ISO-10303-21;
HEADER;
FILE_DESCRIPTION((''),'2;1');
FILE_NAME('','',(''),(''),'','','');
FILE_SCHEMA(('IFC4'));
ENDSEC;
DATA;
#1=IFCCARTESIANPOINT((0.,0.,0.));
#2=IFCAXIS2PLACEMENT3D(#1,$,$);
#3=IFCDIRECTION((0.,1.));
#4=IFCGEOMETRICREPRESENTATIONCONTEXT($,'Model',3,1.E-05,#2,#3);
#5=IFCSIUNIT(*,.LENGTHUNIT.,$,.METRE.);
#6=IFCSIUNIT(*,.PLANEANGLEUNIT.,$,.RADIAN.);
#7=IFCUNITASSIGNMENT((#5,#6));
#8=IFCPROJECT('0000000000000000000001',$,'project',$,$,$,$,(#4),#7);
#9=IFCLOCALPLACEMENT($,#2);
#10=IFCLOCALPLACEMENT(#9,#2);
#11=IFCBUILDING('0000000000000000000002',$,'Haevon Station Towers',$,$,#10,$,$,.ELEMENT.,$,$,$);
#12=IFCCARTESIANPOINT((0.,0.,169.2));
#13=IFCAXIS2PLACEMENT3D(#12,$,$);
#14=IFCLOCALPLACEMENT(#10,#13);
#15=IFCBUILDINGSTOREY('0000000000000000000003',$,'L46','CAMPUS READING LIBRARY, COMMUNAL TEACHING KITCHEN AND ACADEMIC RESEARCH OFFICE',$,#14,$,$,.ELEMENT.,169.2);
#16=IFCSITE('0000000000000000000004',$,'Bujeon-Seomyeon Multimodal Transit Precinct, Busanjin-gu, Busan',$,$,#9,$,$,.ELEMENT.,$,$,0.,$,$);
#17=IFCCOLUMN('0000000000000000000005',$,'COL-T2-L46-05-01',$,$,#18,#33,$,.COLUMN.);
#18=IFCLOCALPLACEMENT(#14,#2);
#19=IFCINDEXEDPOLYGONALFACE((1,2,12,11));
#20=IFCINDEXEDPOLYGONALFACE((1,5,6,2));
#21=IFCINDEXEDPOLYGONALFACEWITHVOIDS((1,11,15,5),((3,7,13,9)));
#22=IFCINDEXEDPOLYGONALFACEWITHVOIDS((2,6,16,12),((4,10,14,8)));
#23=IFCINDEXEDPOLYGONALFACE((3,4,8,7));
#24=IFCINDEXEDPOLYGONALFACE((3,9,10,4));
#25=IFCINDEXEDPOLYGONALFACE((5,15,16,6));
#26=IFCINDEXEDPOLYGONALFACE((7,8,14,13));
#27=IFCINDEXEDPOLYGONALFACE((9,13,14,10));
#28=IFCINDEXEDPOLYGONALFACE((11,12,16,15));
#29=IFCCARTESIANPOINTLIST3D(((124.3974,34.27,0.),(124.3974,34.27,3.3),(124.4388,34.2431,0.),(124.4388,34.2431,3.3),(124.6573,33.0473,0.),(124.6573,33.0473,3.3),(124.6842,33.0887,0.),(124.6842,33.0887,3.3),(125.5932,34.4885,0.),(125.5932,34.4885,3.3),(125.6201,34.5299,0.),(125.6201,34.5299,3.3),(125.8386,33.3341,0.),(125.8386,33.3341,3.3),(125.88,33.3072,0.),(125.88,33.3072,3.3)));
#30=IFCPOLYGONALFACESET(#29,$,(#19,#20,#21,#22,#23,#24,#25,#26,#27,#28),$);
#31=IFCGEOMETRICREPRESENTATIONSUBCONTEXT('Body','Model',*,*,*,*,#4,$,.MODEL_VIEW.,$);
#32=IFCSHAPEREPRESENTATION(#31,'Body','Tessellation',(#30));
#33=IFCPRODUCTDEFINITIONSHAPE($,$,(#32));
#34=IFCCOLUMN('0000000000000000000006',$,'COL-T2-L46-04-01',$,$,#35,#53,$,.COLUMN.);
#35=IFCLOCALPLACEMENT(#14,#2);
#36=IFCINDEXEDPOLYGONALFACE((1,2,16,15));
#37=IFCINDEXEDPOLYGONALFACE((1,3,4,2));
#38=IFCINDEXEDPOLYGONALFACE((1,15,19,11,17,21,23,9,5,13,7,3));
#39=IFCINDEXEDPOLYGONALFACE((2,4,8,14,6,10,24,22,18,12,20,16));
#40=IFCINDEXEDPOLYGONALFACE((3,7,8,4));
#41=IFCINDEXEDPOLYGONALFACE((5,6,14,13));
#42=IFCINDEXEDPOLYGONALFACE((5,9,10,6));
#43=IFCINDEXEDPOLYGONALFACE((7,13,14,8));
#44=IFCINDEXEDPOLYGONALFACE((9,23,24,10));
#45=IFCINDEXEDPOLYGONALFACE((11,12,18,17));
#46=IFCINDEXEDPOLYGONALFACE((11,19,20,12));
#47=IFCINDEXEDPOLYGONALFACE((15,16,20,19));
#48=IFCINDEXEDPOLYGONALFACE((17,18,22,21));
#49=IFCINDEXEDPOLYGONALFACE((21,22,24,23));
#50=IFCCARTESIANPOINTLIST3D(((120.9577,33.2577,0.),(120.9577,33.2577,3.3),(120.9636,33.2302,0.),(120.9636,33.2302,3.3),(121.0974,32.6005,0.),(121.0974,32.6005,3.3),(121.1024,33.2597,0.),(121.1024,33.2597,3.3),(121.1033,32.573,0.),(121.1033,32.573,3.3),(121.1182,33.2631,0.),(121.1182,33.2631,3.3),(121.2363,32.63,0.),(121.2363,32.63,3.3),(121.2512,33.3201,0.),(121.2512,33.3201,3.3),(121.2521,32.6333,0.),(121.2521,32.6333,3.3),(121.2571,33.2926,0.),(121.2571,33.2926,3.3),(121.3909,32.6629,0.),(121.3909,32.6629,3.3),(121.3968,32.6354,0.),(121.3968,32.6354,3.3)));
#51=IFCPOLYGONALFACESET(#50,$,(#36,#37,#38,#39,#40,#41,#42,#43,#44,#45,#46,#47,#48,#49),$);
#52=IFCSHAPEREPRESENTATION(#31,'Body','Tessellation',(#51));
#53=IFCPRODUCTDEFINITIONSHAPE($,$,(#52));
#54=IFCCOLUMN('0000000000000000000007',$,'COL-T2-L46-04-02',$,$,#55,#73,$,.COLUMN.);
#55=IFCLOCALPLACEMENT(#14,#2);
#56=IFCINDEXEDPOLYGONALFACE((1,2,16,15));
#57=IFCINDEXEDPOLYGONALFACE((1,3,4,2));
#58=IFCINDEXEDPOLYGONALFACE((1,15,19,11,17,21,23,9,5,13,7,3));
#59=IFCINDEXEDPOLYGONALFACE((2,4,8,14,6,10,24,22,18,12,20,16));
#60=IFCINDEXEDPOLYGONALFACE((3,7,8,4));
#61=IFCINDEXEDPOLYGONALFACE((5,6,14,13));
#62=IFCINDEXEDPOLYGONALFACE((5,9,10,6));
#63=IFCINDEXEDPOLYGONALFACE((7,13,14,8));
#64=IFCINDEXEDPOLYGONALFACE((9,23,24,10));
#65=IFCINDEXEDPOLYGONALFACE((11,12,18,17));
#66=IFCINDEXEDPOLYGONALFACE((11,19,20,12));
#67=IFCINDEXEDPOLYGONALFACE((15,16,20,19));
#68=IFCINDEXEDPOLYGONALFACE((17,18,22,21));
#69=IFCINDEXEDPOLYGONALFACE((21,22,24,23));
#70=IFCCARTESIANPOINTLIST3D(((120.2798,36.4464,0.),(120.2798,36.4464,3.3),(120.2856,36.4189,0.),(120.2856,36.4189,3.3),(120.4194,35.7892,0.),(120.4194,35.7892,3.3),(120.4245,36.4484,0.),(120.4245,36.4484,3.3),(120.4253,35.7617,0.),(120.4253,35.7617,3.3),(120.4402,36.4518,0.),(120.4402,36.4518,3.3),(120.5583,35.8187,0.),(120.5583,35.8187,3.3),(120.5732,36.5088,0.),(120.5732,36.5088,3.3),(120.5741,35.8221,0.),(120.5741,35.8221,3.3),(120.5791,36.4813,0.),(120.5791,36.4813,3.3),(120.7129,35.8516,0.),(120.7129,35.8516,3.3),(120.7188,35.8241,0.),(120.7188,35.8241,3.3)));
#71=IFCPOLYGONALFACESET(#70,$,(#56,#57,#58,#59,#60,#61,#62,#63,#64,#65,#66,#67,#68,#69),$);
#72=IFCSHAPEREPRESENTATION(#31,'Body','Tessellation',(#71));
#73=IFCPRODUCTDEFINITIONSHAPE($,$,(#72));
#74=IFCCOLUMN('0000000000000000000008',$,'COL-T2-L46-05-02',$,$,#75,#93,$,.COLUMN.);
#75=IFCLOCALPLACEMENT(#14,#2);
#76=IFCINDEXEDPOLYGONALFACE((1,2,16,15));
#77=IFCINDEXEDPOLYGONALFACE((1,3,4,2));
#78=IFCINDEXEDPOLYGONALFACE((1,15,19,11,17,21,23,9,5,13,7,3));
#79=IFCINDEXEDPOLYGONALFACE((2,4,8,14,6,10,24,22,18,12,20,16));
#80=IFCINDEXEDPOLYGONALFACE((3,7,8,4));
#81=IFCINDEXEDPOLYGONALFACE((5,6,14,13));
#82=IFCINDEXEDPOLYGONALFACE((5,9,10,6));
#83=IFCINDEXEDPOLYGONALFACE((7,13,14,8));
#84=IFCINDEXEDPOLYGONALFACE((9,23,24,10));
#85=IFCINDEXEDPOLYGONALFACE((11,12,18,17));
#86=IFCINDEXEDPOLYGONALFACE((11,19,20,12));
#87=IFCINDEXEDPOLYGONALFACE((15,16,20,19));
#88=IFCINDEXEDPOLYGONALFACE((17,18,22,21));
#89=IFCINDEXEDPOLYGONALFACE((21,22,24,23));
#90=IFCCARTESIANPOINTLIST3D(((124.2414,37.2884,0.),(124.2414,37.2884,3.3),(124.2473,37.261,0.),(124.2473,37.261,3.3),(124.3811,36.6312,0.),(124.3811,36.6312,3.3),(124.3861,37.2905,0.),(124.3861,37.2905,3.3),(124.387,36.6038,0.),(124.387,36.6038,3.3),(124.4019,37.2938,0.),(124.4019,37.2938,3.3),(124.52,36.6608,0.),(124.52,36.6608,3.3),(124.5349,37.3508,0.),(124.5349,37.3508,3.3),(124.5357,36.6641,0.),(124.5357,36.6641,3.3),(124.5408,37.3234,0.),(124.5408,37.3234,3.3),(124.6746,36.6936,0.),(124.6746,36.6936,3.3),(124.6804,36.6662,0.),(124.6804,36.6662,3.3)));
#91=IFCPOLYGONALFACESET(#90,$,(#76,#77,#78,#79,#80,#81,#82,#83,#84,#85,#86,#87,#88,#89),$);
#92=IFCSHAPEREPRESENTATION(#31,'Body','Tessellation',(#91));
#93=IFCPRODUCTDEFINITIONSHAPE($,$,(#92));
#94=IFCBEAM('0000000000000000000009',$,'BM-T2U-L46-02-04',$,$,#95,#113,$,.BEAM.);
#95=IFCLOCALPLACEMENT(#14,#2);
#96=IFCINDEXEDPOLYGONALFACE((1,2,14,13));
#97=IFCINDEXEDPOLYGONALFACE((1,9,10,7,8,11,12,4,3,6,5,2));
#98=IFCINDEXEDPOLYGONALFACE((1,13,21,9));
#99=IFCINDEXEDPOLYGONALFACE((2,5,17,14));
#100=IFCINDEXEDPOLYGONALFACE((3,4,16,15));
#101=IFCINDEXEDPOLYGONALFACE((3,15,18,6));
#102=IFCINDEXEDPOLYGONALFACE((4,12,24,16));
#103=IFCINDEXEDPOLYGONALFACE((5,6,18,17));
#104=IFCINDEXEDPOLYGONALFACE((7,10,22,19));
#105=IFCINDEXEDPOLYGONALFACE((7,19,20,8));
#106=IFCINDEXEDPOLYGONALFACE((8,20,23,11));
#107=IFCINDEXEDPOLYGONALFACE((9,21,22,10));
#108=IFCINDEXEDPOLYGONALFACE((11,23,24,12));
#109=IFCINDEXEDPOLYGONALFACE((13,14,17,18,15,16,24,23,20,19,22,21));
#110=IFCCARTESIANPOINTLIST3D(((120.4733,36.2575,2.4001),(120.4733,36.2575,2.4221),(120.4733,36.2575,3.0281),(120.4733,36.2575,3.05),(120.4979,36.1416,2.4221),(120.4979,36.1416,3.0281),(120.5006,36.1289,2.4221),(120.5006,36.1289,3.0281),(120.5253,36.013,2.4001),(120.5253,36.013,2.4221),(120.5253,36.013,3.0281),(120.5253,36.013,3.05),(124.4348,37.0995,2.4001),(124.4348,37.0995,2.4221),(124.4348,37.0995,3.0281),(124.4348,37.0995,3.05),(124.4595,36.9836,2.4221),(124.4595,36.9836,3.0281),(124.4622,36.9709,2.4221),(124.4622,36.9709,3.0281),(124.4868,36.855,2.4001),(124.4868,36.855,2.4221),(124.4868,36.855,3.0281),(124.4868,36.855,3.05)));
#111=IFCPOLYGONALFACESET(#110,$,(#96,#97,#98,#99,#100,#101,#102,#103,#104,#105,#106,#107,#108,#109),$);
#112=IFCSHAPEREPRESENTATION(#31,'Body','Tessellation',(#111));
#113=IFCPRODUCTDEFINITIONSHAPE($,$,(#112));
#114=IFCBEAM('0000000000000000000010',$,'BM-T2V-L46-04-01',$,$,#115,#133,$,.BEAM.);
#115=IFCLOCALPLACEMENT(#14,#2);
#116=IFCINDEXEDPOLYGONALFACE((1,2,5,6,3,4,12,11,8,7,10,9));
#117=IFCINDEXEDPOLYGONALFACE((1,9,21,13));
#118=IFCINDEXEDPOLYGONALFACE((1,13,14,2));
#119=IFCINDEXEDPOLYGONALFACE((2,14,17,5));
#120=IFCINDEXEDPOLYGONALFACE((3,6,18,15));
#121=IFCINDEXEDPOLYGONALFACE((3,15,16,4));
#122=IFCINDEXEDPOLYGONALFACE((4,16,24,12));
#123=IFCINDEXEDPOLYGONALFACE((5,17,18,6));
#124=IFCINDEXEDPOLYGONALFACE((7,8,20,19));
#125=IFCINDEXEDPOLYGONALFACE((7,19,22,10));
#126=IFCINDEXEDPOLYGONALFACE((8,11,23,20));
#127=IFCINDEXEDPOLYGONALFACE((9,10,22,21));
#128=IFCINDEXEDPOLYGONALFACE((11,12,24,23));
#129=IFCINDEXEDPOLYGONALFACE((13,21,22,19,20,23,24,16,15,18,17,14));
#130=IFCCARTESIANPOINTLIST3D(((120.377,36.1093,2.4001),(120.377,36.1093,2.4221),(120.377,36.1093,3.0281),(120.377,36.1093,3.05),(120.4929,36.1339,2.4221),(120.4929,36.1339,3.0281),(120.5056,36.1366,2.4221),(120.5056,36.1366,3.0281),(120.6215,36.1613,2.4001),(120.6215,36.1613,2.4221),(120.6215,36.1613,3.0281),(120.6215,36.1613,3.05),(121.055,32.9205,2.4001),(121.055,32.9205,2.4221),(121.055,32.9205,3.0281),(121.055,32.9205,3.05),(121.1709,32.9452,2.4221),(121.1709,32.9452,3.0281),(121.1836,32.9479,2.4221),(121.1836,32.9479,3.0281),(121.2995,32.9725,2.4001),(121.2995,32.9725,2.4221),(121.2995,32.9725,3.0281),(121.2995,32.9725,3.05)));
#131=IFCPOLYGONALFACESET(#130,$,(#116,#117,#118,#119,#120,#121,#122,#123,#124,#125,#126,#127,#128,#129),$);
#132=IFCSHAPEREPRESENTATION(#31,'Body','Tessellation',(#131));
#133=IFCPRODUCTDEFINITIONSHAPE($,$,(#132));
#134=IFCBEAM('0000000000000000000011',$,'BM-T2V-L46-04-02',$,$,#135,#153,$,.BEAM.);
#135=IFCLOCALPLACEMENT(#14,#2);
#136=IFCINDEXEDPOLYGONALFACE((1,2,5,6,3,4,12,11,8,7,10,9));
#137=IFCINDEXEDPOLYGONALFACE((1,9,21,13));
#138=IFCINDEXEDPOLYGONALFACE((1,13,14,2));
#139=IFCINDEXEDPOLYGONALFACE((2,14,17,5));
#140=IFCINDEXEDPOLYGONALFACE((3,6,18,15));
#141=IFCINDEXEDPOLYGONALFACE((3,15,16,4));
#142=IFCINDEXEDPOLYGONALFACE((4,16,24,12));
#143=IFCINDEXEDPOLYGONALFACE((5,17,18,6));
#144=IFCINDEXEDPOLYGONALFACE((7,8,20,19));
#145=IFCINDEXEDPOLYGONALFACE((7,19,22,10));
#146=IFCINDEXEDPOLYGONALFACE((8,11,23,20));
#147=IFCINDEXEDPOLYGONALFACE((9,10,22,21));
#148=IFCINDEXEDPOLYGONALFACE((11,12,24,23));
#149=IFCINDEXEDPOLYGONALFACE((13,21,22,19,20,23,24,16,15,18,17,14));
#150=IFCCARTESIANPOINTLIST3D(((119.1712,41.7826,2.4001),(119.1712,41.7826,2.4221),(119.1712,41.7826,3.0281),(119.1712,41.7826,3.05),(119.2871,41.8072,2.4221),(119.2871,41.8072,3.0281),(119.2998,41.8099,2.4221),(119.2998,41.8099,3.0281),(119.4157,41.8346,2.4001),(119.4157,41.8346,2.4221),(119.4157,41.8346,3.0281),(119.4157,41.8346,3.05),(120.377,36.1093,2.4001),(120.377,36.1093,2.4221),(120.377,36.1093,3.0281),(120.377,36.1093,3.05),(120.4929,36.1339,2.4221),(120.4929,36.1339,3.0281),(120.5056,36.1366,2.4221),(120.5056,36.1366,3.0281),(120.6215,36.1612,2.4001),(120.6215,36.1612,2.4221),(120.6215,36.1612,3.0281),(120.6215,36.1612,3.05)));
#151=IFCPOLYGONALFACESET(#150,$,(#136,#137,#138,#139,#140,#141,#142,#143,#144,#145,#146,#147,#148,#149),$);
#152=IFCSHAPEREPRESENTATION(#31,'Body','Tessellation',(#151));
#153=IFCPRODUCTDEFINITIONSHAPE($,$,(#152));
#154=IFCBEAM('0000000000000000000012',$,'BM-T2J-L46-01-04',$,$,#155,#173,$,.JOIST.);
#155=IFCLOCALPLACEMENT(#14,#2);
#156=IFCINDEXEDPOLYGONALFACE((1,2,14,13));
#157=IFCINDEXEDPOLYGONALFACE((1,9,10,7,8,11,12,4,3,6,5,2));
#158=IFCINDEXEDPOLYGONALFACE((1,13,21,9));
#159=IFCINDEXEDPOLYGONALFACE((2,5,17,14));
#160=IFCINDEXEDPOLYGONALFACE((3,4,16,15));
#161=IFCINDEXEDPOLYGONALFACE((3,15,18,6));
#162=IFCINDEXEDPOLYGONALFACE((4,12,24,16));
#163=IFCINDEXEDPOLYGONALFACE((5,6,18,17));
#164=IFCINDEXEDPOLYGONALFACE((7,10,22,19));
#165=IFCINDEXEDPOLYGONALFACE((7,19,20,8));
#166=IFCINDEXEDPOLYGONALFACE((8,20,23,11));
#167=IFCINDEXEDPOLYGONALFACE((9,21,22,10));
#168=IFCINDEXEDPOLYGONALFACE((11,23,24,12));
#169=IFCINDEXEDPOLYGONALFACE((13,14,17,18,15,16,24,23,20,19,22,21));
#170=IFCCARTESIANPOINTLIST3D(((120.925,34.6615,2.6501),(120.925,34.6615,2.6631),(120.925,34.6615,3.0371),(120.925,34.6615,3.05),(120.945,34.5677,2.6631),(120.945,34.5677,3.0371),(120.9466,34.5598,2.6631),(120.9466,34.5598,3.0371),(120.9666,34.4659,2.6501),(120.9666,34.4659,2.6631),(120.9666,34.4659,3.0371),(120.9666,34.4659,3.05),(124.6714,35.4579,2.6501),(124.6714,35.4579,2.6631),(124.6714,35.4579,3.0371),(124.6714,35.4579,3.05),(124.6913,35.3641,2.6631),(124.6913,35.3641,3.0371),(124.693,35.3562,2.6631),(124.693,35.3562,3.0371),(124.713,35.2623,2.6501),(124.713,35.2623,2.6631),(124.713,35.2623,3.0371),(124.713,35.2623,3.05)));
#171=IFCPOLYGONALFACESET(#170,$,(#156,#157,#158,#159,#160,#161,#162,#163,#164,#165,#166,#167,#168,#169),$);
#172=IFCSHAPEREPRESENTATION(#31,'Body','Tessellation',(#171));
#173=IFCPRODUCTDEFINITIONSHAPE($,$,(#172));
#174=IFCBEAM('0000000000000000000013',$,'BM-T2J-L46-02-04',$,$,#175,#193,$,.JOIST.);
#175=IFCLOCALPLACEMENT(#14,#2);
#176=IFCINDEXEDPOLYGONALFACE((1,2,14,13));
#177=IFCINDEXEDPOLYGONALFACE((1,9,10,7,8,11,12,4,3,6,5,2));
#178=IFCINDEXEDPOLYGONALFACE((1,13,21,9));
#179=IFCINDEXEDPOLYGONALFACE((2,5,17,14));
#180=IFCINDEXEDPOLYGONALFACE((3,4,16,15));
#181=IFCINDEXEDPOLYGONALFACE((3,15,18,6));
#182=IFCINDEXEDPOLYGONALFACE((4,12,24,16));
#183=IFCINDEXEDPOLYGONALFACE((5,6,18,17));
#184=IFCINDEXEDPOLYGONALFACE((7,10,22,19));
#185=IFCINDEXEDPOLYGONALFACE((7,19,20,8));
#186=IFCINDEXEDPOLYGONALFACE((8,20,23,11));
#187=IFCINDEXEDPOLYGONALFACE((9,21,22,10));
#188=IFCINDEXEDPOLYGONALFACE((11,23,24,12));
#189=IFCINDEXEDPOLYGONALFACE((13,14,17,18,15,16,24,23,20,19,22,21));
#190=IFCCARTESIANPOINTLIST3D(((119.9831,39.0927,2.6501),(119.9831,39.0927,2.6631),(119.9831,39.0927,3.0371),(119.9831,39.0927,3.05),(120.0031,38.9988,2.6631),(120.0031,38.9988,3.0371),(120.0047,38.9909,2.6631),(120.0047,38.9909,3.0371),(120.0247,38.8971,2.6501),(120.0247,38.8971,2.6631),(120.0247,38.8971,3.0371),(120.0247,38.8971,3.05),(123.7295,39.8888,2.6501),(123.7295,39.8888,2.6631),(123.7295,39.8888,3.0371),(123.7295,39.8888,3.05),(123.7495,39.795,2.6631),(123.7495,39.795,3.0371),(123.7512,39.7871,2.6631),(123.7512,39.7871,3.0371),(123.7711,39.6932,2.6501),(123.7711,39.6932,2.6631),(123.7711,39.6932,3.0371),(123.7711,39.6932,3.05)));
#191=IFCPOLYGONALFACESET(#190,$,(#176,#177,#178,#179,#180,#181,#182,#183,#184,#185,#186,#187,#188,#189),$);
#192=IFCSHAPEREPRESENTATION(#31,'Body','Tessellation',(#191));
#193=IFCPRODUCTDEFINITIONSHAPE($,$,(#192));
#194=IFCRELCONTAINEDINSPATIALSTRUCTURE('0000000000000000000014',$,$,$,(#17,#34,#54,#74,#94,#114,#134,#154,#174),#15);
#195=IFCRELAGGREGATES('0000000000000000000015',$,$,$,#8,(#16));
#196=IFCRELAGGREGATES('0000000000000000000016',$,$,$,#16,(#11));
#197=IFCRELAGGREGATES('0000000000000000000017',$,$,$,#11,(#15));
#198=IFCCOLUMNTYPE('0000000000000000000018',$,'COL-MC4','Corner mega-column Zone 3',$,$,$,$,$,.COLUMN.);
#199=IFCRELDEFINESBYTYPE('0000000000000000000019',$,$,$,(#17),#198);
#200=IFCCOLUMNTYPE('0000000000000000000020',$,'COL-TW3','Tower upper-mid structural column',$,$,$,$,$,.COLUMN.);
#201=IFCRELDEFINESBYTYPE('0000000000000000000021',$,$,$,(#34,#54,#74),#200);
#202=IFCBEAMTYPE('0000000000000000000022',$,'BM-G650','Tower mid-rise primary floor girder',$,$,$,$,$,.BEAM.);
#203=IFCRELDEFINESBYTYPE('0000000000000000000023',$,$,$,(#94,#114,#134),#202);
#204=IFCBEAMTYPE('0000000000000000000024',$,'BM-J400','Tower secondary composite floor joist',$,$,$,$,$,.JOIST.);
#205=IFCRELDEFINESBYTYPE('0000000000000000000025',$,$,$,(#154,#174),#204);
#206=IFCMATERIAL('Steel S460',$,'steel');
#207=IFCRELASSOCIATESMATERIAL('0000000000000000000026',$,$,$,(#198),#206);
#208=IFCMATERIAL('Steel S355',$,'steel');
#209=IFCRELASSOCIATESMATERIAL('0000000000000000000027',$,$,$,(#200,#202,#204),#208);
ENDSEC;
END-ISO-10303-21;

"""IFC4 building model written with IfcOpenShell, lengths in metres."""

from ifc_helpers import new_model, si_unit, direction, frame, origin, origin_2d, place, context, subcontext, project, spatial, hollow_rectangle, i_section, extrude, material, material_profile, profile_set, type_object, element, save


model = new_model("IFC4")

# Units and contexts
model_context = context("Model", 3, precision=1e-05, world=origin(), true_north=direction((0.0, 1.0)))
body_context = subcontext(model_context, "Body", "Model", "MODEL_VIEW")
ifc_project = project(units=[si_unit("LENGTHUNIT", "METRE"), si_unit("PLANEANGLEUNIT", "RADIAN")], contexts=[model_context])

# Site, building, storey
site_placement = place(None, origin())
site = spatial("IfcSite", under=ifc_project, at=site_placement, Name="Bujeon-Seomyeon Multimodal Transit Precinct, Busanjin-gu, Busan", CompositionType="ELEMENT", RefElevation=0.0)
building_placement = place(site_placement, origin())
building = spatial("IfcBuilding", under=site, at=building_placement, Name="Haevon Station Towers", CompositionType="ELEMENT")
storey_placement = place(building_placement, frame((0.0, 0.0, 169.2)))
storey = spatial("IfcBuildingStorey", under=building, at=storey_placement, Name="L46", Description="CAMPUS READING LIBRARY, COMMUNAL TEACHING KITCHEN AND ACADEMIC RESEARCH OFFICE", CompositionType="ELEMENT", Elevation=169.2)

# Columns
ifc_material_1 = material(Name="Steel S460", Category="steel")
ifc_material_profile_1 = material_profile(ifc_material_1, hollow_rectangle(XDim=1.25, YDim=1.25, WallThickness=0.0349, at=origin_2d()), Name="BOX-1250x1250x35")
ifc_profile_set_1 = profile_set([ifc_material_profile_1], Name="Steel S460")
column_type_1 = type_object("IfcColumnType", Name="COL-MC4", Description="Corner mega-column Zone 3", PredefinedType="COLUMN", material=ifc_profile_set_1)
column_placement = place(storey_placement, frame((125.1387, 33.7886, 0.0), z_axis=(0.0, 0.0, 1.0), x_axis=(0.978148, 0.207912, 0.0)))
element("IfcColumn", 1, at=column_placement, inside=storey, type_object=column_type_1, Name="COL-T2-L46-05-01", PredefinedType="COLUMN", context=body_context, shape_type="SweptSolid", body=[
    extrude(hollow_rectangle(XDim=1.25, YDim=1.25, WallThickness=0.0349, at=origin_2d()), origin(), (0.0, 0.0, 1.0), 3.3),
])
ifc_material_2 = material(Name="Steel S355", Category="steel")
ifc_material_profile_2 = material_profile(ifc_material_2, i_section(OverallWidth=0.3, OverallDepth=0.7, WebThickness=0.0161, FlangeThickness=0.0281, at=origin_2d()), Name="H-700x300x16x28")
ifc_profile_set_2 = profile_set([ifc_material_profile_2], Name="Steel S355")
column_type_2 = type_object("IfcColumnType", Name="COL-TW3", Description="Tower upper-mid structural column", PredefinedType="COLUMN", material=ifc_profile_set_2)
for number, where, z_axis, x_axis, name in (
    (2, (121.1772, 32.9465, 0.0), (0.0, 0.0, 1.0), (0.978148, 0.207912, 0.0), "COL-T2-L46-04-01"),
    (3, (120.4993, 36.1353, 0.0), (0.0, 0.0, 1.0), (0.978148, 0.207912, 0.0), "COL-T2-L46-04-02"),
    (4, (124.4609, 36.9773, 0.0), (0.0, 0.0, 1.0), (0.978148, 0.207912, 0.0), "COL-T2-L46-05-02"),
):
    element("IfcColumn", number, at=place(storey_placement, frame(where, z_axis=z_axis, x_axis=x_axis)), inside=storey, type_object=column_type_2, Name=name, PredefinedType="COLUMN", context=body_context, shape_type="SweptSolid", body=[
        extrude(i_section(OverallWidth=0.3, OverallDepth=0.7, WebThickness=0.0161, FlangeThickness=0.0281, at=origin_2d()), origin(), (0.0, 0.0, 1.0), 3.3),
    ])

# Beams
ifc_material_profile_3 = material_profile(ifc_material_2, i_section(OverallWidth=0.25, OverallDepth=0.6499, WebThickness=0.0129, FlangeThickness=0.022, at=origin_2d()), Name="H-650x250x13x22")
ifc_profile_set_3 = profile_set([ifc_material_profile_3], Name="Steel S355")
beam_type_1 = type_object("IfcBeamType", Name="BM-G650", Description="Tower mid-rise primary floor girder", PredefinedType="BEAM", material=ifc_profile_set_3)
beam_1_placement = place(storey_placement, frame((120.4993, 36.1353, 2.7251), z_axis=(0.97815, 0.207903, 0.0), x_axis=(-0.207903, 0.97815, 0.0)))
element("IfcBeam", 5, at=beam_1_placement, inside=storey, type_object=beam_type_1, Name="BM-T2U-L46-02-04", PredefinedType="BEAM", context=body_context, shape_type="SweptSolid", body=[
    extrude(i_section(OverallWidth=0.25, OverallDepth=0.6499, WebThickness=0.0129, FlangeThickness=0.022, at=origin_2d()), origin(), (0.0, 0.0, 1.0), 4.05),
])
beam_2_placement = place(storey_placement, frame((121.1772, 32.9465, 2.7251), z_axis=(-0.207969, 0.978135, 0.0), x_axis=(-0.978135, -0.207969, 0.0)))
element("IfcBeam", 6, at=beam_2_placement, inside=storey, type_object=beam_type_1, Name="BM-T2V-L46-04-01", PredefinedType="BEAM", context=body_context, shape_type="SweptSolid", body=[
    extrude(i_section(OverallWidth=0.25, OverallDepth=0.6499, WebThickness=0.0129, FlangeThickness=0.022, at=origin_2d()), origin(), (0.0, 0.0, 1.0), 3.26),
])
beam_3_placement = place(storey_placement, frame((120.4993, 36.1353, 2.7251), z_axis=(-0.207896, 0.978151, 0.0), x_axis=(-0.978151, -0.207896, 0.0)))
element("IfcBeam", 7, at=beam_3_placement, inside=storey, type_object=beam_type_1, Name="BM-T2V-L46-04-02", PredefinedType="BEAM", context=body_context, shape_type="SweptSolid", body=[
    extrude(i_section(OverallWidth=0.25, OverallDepth=0.6499, WebThickness=0.0129, FlangeThickness=0.022, at=origin_2d()), origin(), (0.0, 0.0, 1.0), 5.8),
])
ifc_material_profile_4 = material_profile(ifc_material_2, i_section(OverallWidth=0.2, OverallDepth=0.3999, WebThickness=0.0081, FlangeThickness=0.0129, at=origin_2d()), Name="H-400x200x8x13")
ifc_profile_set_4 = profile_set([ifc_material_profile_4], Name="Steel S355")
beam_type_2 = type_object("IfcBeamType", Name="BM-J400", Description="Tower secondary composite floor joist", PredefinedType="JOIST", material=ifc_profile_set_4)
for number, where, z_axis, x_axis, name in (
    (8, (120.9458, 34.5637, 2.8501), (0.978143, 0.207931, 0.0), (-0.207931, 0.978143, 0.0), "BM-T2J-L46-01-04"),
    (9, (120.0039, 38.9949, 2.8501), (0.978156, 0.20787, 0.0), (-0.20787, 0.978156, 0.0), "BM-T2J-L46-02-04"),
):
    element("IfcBeam", number, at=place(storey_placement, frame(where, z_axis=z_axis, x_axis=x_axis)), inside=storey, type_object=beam_type_2, Name=name, PredefinedType="JOIST", context=body_context, shape_type="SweptSolid", body=[
        extrude(i_section(OverallWidth=0.2, OverallDepth=0.3999, WebThickness=0.0081, FlangeThickness=0.0129, at=origin_2d()), origin(), (0.0, 0.0, 1.0), 3.8301),
    ])

save(model, "model.ifc")
